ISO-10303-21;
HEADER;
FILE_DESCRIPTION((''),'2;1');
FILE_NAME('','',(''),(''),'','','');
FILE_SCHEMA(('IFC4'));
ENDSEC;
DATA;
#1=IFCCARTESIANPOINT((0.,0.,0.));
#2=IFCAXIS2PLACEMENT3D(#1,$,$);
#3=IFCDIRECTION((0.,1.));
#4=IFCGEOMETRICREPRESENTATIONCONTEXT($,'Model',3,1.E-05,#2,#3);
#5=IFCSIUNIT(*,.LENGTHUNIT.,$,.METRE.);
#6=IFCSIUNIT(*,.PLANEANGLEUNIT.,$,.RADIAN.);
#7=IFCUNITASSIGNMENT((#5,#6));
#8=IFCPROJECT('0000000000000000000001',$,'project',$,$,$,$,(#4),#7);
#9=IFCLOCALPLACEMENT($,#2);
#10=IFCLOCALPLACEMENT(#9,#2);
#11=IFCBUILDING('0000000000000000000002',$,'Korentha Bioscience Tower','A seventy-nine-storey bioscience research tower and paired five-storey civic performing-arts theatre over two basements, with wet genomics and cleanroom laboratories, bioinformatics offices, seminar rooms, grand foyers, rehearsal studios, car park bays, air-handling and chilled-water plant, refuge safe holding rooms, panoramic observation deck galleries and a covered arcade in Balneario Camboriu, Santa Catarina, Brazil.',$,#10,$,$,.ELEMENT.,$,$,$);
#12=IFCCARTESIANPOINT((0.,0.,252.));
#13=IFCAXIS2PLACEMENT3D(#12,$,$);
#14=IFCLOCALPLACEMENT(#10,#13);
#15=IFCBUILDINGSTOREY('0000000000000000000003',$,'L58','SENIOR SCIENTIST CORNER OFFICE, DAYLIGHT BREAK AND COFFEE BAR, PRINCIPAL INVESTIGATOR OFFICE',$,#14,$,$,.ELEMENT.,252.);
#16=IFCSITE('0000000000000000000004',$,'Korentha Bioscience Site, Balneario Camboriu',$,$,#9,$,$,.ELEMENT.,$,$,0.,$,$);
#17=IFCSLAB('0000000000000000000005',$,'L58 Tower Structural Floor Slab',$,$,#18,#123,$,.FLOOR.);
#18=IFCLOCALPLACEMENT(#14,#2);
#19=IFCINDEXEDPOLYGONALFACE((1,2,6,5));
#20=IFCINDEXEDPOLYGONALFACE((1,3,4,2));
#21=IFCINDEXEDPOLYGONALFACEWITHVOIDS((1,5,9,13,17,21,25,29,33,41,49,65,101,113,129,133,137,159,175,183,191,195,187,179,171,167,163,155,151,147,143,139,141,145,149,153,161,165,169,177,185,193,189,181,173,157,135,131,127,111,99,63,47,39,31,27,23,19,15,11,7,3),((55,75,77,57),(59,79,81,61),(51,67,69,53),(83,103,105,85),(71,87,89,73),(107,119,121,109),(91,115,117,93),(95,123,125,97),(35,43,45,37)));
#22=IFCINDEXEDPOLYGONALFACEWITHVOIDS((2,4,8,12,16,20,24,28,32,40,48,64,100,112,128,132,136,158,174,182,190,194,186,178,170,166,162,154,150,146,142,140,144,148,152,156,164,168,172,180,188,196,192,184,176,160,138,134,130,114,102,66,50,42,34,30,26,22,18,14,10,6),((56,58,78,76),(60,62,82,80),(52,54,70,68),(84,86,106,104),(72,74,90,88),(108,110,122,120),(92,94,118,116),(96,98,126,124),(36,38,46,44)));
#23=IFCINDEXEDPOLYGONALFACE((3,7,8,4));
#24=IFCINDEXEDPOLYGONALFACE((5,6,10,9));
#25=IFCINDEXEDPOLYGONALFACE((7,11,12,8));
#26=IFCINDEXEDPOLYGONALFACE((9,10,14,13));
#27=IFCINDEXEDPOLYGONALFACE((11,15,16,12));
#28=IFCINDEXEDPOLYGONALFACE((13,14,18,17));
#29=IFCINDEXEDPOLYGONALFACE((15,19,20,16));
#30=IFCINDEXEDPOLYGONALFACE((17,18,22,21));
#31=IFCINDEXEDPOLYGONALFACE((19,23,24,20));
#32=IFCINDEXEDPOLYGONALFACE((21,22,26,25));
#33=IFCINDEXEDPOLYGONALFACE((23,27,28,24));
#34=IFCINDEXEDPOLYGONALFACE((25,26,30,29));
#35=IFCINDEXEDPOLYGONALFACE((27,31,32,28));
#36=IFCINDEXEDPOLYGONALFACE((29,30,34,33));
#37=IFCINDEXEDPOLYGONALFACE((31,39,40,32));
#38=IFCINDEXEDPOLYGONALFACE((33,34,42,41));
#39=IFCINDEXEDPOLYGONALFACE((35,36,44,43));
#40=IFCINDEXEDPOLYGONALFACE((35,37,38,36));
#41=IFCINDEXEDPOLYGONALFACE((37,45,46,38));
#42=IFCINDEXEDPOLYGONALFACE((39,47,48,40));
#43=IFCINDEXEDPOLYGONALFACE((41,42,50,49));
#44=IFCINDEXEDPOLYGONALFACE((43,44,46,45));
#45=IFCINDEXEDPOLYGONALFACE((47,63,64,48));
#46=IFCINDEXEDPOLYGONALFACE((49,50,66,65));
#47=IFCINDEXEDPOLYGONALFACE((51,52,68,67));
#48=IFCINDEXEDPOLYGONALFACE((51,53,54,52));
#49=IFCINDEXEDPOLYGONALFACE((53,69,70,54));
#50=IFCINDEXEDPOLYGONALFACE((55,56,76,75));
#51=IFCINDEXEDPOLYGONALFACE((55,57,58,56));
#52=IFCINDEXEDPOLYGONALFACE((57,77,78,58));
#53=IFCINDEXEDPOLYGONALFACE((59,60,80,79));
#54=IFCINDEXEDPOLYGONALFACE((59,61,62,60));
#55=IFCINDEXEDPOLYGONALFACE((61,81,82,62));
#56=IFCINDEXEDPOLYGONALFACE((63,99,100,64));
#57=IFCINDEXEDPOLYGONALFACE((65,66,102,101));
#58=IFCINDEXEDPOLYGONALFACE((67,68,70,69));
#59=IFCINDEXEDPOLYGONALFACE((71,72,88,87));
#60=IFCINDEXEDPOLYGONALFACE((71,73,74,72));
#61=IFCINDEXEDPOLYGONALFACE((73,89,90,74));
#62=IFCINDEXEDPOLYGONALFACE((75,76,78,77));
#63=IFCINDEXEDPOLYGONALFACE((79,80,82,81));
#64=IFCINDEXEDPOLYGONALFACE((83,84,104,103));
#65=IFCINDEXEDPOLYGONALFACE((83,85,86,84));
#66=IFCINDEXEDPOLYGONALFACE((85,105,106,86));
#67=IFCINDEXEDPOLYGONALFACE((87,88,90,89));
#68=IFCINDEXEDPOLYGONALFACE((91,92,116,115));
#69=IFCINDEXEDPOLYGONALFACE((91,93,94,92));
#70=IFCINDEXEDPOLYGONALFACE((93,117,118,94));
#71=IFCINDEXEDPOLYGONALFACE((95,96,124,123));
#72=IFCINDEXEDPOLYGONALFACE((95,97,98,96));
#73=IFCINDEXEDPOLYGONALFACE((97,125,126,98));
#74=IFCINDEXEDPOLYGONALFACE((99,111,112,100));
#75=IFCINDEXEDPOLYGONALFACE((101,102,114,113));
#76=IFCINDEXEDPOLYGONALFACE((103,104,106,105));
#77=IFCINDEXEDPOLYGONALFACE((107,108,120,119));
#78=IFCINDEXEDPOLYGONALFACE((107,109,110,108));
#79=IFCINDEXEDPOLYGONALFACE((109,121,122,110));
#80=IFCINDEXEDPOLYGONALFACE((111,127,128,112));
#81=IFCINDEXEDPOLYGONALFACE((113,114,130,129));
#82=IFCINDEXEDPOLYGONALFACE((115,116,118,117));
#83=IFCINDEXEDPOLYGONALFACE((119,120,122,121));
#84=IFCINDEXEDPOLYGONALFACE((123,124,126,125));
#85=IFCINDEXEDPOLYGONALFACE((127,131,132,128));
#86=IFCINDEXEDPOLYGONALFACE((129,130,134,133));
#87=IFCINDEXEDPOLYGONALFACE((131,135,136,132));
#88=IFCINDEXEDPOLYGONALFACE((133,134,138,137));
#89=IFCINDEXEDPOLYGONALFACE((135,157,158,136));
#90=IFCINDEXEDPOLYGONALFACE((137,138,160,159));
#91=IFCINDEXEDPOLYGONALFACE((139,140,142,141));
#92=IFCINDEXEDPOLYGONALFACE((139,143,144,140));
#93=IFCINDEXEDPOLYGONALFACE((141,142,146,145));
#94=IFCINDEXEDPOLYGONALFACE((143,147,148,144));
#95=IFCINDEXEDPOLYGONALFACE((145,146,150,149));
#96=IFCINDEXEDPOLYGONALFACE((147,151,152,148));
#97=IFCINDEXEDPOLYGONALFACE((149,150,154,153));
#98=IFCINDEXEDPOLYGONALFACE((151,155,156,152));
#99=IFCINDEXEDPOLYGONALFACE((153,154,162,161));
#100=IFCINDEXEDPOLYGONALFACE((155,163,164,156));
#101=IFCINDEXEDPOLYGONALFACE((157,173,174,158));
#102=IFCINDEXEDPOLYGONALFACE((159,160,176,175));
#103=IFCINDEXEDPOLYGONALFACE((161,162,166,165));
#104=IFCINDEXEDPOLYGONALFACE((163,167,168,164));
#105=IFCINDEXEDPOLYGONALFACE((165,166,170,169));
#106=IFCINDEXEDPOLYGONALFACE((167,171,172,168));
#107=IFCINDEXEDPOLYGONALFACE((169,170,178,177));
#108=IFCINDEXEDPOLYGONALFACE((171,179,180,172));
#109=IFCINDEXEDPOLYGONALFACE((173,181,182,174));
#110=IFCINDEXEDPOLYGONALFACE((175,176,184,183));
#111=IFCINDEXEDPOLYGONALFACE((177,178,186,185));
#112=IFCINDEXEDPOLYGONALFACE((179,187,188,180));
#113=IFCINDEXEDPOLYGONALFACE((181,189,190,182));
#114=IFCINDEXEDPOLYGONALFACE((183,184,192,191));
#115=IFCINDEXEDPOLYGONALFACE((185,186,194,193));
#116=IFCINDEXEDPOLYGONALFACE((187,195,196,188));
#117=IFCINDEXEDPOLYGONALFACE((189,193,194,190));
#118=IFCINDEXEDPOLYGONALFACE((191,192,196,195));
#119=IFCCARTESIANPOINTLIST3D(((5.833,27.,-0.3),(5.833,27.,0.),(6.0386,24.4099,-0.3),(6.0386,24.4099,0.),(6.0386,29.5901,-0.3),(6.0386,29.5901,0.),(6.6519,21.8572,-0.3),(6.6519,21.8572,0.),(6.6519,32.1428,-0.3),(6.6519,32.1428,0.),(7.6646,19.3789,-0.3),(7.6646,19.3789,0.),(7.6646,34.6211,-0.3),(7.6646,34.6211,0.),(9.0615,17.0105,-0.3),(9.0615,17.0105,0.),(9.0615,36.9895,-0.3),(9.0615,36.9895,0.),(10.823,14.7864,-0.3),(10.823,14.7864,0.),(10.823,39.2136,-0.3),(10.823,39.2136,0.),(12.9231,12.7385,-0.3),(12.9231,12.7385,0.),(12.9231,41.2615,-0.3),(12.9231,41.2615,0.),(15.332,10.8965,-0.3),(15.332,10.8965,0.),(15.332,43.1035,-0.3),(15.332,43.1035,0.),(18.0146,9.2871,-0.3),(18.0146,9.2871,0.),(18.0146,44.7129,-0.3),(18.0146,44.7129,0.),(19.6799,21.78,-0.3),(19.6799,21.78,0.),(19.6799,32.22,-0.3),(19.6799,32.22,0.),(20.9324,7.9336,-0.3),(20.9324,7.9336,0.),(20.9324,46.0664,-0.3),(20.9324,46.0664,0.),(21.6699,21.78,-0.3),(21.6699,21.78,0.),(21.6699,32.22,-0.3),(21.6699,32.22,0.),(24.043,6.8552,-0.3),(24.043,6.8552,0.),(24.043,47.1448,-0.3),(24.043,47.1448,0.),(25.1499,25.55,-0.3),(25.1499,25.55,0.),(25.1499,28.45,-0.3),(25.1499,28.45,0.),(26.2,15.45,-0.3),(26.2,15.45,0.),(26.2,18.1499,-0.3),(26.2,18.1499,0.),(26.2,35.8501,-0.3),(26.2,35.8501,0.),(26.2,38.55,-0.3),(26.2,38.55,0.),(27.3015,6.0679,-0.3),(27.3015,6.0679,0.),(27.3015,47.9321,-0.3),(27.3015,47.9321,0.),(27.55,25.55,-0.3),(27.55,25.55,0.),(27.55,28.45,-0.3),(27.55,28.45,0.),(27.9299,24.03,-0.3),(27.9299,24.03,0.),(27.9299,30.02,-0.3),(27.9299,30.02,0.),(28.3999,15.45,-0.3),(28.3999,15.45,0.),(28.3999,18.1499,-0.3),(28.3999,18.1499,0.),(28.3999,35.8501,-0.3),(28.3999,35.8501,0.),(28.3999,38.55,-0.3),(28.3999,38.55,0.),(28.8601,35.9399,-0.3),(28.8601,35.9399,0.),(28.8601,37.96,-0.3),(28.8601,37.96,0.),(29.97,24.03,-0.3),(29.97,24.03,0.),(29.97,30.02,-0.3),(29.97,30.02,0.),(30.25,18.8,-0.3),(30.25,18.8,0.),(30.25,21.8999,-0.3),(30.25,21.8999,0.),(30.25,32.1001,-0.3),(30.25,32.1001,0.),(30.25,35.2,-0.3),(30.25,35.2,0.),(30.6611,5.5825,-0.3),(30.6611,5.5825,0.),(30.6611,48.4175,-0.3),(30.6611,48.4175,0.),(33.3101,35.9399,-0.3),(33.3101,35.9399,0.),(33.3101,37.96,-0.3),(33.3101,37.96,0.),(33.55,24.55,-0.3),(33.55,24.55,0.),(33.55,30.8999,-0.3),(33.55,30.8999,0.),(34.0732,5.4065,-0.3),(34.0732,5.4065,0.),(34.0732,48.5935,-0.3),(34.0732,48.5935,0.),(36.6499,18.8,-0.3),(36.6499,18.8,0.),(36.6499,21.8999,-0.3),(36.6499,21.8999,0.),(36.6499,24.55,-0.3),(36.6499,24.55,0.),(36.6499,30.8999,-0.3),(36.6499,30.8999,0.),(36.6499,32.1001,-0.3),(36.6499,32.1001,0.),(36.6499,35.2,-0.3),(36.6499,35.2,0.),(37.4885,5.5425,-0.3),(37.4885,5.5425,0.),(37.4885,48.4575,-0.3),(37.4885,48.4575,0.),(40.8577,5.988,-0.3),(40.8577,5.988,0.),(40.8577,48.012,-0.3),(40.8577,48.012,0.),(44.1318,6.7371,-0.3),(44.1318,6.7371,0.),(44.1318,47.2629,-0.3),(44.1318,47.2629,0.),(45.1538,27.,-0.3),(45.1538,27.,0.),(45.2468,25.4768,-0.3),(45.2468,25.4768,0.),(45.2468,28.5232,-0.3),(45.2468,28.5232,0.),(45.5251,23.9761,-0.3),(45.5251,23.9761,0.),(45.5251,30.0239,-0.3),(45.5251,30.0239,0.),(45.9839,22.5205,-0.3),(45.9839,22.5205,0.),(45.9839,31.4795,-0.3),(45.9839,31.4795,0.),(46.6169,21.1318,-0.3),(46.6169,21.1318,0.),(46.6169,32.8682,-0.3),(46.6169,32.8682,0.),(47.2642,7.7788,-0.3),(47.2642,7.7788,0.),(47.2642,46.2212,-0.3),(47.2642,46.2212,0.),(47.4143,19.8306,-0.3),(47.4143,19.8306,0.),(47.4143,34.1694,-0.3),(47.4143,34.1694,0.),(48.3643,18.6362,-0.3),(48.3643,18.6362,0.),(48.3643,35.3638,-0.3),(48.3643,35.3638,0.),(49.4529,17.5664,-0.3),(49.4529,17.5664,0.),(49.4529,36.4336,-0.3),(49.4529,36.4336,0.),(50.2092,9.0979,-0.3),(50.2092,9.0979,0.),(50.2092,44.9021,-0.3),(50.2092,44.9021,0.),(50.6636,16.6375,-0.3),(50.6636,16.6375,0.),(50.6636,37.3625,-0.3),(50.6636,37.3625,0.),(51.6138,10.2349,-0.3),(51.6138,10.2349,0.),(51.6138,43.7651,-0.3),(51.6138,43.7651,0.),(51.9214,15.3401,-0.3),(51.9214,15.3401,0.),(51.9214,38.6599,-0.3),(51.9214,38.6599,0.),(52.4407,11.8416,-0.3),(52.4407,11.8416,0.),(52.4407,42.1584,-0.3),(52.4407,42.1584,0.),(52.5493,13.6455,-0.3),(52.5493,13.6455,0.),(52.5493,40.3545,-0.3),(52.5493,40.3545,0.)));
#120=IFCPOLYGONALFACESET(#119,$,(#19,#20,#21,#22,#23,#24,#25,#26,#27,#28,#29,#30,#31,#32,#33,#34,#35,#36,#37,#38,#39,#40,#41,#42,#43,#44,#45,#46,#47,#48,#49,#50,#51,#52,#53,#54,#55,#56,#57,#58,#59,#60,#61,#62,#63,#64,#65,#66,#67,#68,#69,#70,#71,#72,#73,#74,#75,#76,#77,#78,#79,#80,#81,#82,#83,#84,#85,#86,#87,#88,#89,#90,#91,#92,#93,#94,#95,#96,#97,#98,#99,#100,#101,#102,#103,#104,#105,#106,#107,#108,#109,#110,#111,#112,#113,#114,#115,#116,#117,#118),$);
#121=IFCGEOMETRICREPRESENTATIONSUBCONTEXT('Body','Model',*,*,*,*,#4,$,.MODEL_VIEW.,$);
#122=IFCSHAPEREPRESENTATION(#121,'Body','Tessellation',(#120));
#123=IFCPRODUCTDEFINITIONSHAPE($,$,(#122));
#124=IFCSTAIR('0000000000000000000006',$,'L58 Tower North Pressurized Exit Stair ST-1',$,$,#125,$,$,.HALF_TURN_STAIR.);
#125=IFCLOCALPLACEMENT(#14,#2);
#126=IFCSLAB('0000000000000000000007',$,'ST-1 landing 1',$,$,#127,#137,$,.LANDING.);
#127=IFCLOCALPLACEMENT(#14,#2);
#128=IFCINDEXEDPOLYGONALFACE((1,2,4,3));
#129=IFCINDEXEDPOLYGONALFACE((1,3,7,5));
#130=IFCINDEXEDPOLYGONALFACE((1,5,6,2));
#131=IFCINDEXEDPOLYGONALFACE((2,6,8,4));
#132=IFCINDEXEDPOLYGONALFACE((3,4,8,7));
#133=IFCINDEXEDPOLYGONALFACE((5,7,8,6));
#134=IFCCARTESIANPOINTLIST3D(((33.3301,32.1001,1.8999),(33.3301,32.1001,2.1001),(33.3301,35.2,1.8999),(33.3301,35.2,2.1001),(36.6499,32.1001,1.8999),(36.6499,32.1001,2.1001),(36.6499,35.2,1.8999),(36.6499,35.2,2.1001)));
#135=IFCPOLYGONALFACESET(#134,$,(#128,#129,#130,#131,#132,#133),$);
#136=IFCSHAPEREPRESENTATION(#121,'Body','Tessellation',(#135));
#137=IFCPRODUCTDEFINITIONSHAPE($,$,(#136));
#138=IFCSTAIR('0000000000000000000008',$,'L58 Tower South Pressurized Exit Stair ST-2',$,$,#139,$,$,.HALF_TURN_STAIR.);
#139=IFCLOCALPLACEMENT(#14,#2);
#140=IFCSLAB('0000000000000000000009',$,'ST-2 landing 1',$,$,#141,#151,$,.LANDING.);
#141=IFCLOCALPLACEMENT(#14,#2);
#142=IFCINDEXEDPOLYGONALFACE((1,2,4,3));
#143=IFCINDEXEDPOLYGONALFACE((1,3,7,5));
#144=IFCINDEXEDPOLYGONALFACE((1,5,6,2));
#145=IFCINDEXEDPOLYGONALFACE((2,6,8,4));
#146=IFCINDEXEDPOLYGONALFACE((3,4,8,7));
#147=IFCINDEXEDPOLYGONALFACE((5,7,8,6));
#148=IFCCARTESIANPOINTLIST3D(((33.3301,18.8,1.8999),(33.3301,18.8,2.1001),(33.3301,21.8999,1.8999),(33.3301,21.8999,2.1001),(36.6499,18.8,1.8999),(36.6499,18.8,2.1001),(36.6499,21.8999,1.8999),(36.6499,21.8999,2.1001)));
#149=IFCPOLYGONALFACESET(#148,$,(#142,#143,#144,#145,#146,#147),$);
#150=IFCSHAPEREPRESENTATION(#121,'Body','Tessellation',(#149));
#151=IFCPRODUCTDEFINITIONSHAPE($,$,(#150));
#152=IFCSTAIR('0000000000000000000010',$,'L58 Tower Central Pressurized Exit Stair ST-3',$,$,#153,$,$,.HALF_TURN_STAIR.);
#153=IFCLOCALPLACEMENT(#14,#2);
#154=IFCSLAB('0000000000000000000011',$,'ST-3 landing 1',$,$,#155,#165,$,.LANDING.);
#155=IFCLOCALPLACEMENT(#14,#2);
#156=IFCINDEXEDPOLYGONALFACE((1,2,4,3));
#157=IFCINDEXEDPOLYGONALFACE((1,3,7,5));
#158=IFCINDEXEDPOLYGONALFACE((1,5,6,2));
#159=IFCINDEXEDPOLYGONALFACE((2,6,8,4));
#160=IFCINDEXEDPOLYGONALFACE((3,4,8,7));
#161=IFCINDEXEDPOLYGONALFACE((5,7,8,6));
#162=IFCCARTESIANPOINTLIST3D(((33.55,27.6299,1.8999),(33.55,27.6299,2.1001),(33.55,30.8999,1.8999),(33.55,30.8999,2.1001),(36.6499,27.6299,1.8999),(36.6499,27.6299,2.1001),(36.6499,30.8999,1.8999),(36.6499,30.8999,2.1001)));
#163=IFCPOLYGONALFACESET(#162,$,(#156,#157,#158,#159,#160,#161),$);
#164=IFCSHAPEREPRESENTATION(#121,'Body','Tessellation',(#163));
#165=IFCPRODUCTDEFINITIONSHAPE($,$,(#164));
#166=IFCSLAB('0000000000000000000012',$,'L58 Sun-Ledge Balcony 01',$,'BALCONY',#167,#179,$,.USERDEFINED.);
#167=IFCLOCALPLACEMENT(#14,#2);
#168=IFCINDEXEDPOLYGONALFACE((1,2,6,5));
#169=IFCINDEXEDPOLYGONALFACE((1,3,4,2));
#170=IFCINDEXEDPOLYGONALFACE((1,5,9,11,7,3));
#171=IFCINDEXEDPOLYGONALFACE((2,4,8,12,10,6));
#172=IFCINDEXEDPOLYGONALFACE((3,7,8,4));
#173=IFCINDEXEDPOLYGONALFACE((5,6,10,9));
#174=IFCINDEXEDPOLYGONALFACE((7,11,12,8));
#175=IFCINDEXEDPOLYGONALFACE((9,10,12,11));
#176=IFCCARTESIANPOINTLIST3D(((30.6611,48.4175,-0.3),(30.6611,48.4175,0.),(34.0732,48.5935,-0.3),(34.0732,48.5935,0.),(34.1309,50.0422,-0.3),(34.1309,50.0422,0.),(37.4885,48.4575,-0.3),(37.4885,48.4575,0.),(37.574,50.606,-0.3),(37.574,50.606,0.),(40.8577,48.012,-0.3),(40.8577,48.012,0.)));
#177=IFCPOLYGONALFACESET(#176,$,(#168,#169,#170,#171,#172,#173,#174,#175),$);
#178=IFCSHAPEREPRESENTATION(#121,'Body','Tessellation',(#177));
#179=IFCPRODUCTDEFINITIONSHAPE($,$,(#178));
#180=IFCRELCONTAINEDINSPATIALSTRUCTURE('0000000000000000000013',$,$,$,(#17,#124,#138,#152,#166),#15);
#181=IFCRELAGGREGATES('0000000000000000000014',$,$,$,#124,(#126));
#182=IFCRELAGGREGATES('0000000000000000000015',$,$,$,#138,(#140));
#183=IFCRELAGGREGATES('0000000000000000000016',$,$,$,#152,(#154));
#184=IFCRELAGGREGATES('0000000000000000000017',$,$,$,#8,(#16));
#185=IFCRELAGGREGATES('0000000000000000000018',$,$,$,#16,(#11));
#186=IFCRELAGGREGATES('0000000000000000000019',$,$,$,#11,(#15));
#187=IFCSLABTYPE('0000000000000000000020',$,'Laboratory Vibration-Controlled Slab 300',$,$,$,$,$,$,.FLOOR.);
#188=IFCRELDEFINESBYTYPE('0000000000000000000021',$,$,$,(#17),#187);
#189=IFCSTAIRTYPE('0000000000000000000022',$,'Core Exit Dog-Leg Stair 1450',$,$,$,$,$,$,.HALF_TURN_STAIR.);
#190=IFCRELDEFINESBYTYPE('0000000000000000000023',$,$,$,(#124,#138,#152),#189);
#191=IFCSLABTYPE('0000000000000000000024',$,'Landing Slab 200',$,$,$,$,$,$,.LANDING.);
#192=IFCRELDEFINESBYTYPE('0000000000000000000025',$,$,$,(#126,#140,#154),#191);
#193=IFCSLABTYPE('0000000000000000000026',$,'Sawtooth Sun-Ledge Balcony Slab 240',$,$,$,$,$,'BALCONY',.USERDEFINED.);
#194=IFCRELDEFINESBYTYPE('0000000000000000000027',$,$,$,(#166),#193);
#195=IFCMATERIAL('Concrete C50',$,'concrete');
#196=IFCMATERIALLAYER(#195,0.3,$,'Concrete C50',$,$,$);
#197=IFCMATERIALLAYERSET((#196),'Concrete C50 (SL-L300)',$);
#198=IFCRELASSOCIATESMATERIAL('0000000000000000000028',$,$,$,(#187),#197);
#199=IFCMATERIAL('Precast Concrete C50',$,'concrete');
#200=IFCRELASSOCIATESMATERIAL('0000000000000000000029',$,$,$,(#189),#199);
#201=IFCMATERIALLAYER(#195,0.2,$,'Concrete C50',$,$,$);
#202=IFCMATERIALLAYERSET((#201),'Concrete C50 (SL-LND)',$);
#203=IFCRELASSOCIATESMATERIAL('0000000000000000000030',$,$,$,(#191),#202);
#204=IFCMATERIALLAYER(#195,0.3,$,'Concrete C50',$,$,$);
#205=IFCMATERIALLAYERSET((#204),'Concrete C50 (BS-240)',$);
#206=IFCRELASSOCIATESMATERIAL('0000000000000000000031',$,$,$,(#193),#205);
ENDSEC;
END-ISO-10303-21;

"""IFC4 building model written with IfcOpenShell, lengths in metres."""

from ifc_helpers import new_model, si_unit, direction, frame, origin, place, context, subcontext, project, spatial, polyline, outline, extrude, material, layer, layer_set, type_object, element, aggregate, save


model = new_model("IFC4")

# Units and contexts
model_context = context("Model", 3, precision=1e-05, world=origin(), true_north=direction((0.0, 1.0)))
body_context = subcontext(model_context, "Body", "Model", "MODEL_VIEW")
ifc_project = project(units=[si_unit("LENGTHUNIT", "METRE"), si_unit("PLANEANGLEUNIT", "RADIAN")], contexts=[model_context])

# Site, building, storey
site_placement = place(None, origin())
site = spatial("IfcSite", under=ifc_project, at=site_placement, Name="Korentha Bioscience Site, Balneario Camboriu", CompositionType="ELEMENT", RefElevation=0.0)
building_placement = place(site_placement, origin())
building = spatial("IfcBuilding", under=site, at=building_placement, Name="Korentha Bioscience Tower", Description="A seventy-nine-storey bioscience research tower and paired five-storey civic performing-arts theatre over two basements, with wet genomics and cleanroom laboratories, bioinformatics offices, seminar rooms, grand foyers, rehearsal studios, car park bays, air-handling and chilled-water plant, refuge safe holding rooms, panoramic observation deck galleries and a covered arcade in Balneario Camboriu, Santa Catarina, Brazil.", CompositionType="ELEMENT")
storey_placement = place(building_placement, frame((0.0, 0.0, 252.0)))
storey = spatial("IfcBuildingStorey", under=building, at=storey_placement, Name="L58", Description="SENIOR SCIENTIST CORNER OFFICE, DAYLIGHT BREAK AND COFFEE BAR, PRINCIPAL INVESTIGATOR OFFICE", CompositionType="ELEMENT", Elevation=252.0)

# Slab
ifc_material_1 = material(Name="Concrete C50", Category="concrete")
ifc_layer_1 = layer(ifc_material_1, 0.3, Name="Concrete C50")
ifc_layer_set_1 = layer_set([ifc_layer_1], Name="Concrete C50 (SL-L300)")
slab_type_1 = type_object("IfcSlabType", Name="Laboratory Vibration-Controlled Slab 300", PredefinedType="FLOOR", material=ifc_layer_set_1)
slab_1_placement = place(storey_placement, frame((0.0, 0.0, -0.3)))
element("IfcSlab", 1, at=slab_1_placement, inside=storey, type_object=slab_type_1, Name="L58 Tower Structural Floor Slab", PredefinedType="FLOOR", context=body_context, shape_type="SweptSolid", body=[
    extrude(outline(polyline([(50.2092, 44.9021), (47.2642, 46.2212), (44.1318, 47.2629), (40.8577, 48.012), (37.4885, 48.4575), (34.0732, 48.5935), (30.6611, 48.4175), (27.3015, 47.9321), (24.043, 47.1448), (20.9324, 46.0664), (18.0146, 44.7129), (15.332, 43.1035), (12.9231, 41.2615), (10.823, 39.2136), (9.0615, 36.9895), (7.6646, 34.6211), (6.6519, 32.1428), (6.0386, 29.5901), (5.833, 27.0), (6.0386, 24.4099), (6.6519, 21.8572), (7.6646, 19.3789), (9.0615, 17.0105), (10.823, 14.7864), (12.9231, 12.7385), (15.332, 10.8965), (18.0146, 9.2871), (20.9324, 7.9336), (24.043, 6.8552), (27.3015, 6.0679), (30.6611, 5.5825), (34.0732, 5.4065), (37.4885, 5.5425), (40.8577, 5.988), (44.1318, 6.7371), (47.2642, 7.7788), (50.2092, 9.0979), (51.6138, 10.2349), (52.4407, 11.8416), (52.5493, 13.6455), (51.9214, 15.3401), (50.6636, 16.6375), (49.4529, 17.5664), (48.3643, 18.6362), (47.4143, 19.8306), (46.6169, 21.1318), (45.9839, 22.5205), (45.5251, 23.9761), (45.2468, 25.4768), (45.1538, 27.0), (45.2468, 28.5232), (45.5251, 30.0239), (45.9839, 31.4795), (46.6169, 32.8682), (47.4143, 34.1694), (48.3643, 35.3638), (49.4529, 36.4336), (50.6636, 37.3625), (51.9214, 38.6599), (52.5493, 40.3545), (52.4407, 42.1584), (51.6138, 43.7651), (50.2092, 44.9021)]), holes=[polyline([(30.25, 32.1001), (36.6499, 32.1001), (36.6499, 35.2), (30.25, 35.2), (30.25, 32.1001)]), polyline([(30.25, 18.8), (36.6499, 18.8), (36.6499, 21.8999), (30.25, 21.8999), (30.25, 18.8)]), polyline([(36.6499, 24.55), (36.6499, 30.8999), (33.55, 30.8999), (33.55, 24.55), (36.6499, 24.55)]), polyline([(19.6799, 21.78), (21.6699, 21.78), (21.6699, 32.22), (19.6799, 32.22), (19.6799, 21.78)]), polyline([(27.9299, 24.03), (29.97, 24.03), (29.97, 30.02), (27.9299, 30.02), (27.9299, 24.03)]), polyline([(28.8601, 35.9399), (33.3101, 35.9399), (33.3101, 37.96), (28.8601, 37.96), (28.8601, 35.9399)]), polyline([(26.2, 15.45), (28.3999, 15.45), (28.3999, 18.1499), (26.2, 18.1499), (26.2, 15.45)]), polyline([(26.2, 35.8501), (28.3999, 35.8501), (28.3999, 38.55), (26.2, 38.55), (26.2, 35.8501)]), polyline([(25.1499, 25.55), (27.55, 25.55), (27.55, 28.45), (25.1499, 28.45), (25.1499, 25.55)])]), origin(), (0.0, 0.0, 1.0), 0.3),
])

# Stairs, slabs
ifc_material_2 = material(Name="Precast Concrete C50", Category="concrete")
stair_type = type_object("IfcStairType", Name="Core Exit Dog-Leg Stair 1450", PredefinedType="HALF_TURN_STAIR", material=ifc_material_2)
stair_1_placement = place(storey_placement, origin())
stair_1 = element("IfcStair", 2, at=stair_1_placement, inside=storey, type_object=stair_type, Name="L58 Tower North Pressurized Exit Stair ST-1", PredefinedType="HALF_TURN_STAIR")
ifc_layer_2 = layer(ifc_material_1, 0.2, Name="Concrete C50")
ifc_layer_set_2 = layer_set([ifc_layer_2], Name="Concrete C50 (SL-LND)")
slab_type_2 = type_object("IfcSlabType", Name="Landing Slab 200", PredefinedType="LANDING", material=ifc_layer_set_2)
slab_2_placement = place(storey_placement, frame((0.0, 0.0, 1.8999)))
slab_2 = element("IfcSlab", 3, at=slab_2_placement, type_object=slab_type_2, Name="ST-1 landing 1", PredefinedType="LANDING", context=body_context, shape_type="SweptSolid", body=[
    extrude(outline(polyline([(33.3301, 32.1001), (36.6499, 32.1001), (36.6499, 35.2), (33.3301, 35.2), (33.3301, 32.1001)])), origin(), (0.0, 0.0, 1.0), 0.2002),
])
aggregate(stair_1, [slab_2])
stair_2_placement = place(storey_placement, origin())
stair_2 = element("IfcStair", 4, at=stair_2_placement, inside=storey, type_object=stair_type, Name="L58 Tower South Pressurized Exit Stair ST-2", PredefinedType="HALF_TURN_STAIR")
slab_3_placement = place(storey_placement, frame((0.0, 0.0, 1.8999)))
slab_3 = element("IfcSlab", 5, at=slab_3_placement, type_object=slab_type_2, Name="ST-2 landing 1", PredefinedType="LANDING", context=body_context, shape_type="SweptSolid", body=[
    extrude(outline(polyline([(33.3301, 18.8), (36.6499, 18.8), (36.6499, 21.8999), (33.3301, 21.8999), (33.3301, 18.8)])), origin(), (0.0, 0.0, 1.0), 0.2002),
])
aggregate(stair_2, [slab_3])
stair_3_placement = place(storey_placement, origin())
stair_3 = element("IfcStair", 6, at=stair_3_placement, inside=storey, type_object=stair_type, Name="L58 Tower Central Pressurized Exit Stair ST-3", PredefinedType="HALF_TURN_STAIR")
slab_4_placement = place(storey_placement, frame((0.0, 0.0, 1.8999)))
slab_4 = element("IfcSlab", 7, at=slab_4_placement, type_object=slab_type_2, Name="ST-3 landing 1", PredefinedType="LANDING", context=body_context, shape_type="SweptSolid", body=[
    extrude(outline(polyline([(36.6499, 27.6299), (36.6499, 30.8999), (33.55, 30.8999), (33.55, 27.6299), (36.6499, 27.6299)])), origin(), (0.0, 0.0, 1.0), 0.2002),
])
aggregate(stair_3, [slab_4])

# Slab
ifc_layer_3 = layer(ifc_material_1, 0.3, Name="Concrete C50")
ifc_layer_set_3 = layer_set([ifc_layer_3], Name="Concrete C50 (BS-240)")
slab_type_3 = type_object("IfcSlabType", Name="Sawtooth Sun-Ledge Balcony Slab 240", ElementType="BALCONY", PredefinedType="USERDEFINED", material=ifc_layer_set_3)
slab_5_placement = place(storey_placement, frame((0.0, 0.0, -0.3)))
element("IfcSlab", 8, at=slab_5_placement, inside=storey, type_object=slab_type_3, Name="L58 Sun-Ledge Balcony 01", ObjectType="BALCONY", PredefinedType="USERDEFINED", context=body_context, shape_type="SweptSolid", body=[
    extrude(outline(polyline([(30.6611, 48.4175), (34.0732, 48.5935), (37.4885, 48.4575), (40.8577, 48.012), (37.574, 50.606), (34.1309, 50.0422), (30.6611, 48.4175)])), origin(), (0.0, 0.0, 1.0), 0.3),
])

save(model, "model.ifc")
